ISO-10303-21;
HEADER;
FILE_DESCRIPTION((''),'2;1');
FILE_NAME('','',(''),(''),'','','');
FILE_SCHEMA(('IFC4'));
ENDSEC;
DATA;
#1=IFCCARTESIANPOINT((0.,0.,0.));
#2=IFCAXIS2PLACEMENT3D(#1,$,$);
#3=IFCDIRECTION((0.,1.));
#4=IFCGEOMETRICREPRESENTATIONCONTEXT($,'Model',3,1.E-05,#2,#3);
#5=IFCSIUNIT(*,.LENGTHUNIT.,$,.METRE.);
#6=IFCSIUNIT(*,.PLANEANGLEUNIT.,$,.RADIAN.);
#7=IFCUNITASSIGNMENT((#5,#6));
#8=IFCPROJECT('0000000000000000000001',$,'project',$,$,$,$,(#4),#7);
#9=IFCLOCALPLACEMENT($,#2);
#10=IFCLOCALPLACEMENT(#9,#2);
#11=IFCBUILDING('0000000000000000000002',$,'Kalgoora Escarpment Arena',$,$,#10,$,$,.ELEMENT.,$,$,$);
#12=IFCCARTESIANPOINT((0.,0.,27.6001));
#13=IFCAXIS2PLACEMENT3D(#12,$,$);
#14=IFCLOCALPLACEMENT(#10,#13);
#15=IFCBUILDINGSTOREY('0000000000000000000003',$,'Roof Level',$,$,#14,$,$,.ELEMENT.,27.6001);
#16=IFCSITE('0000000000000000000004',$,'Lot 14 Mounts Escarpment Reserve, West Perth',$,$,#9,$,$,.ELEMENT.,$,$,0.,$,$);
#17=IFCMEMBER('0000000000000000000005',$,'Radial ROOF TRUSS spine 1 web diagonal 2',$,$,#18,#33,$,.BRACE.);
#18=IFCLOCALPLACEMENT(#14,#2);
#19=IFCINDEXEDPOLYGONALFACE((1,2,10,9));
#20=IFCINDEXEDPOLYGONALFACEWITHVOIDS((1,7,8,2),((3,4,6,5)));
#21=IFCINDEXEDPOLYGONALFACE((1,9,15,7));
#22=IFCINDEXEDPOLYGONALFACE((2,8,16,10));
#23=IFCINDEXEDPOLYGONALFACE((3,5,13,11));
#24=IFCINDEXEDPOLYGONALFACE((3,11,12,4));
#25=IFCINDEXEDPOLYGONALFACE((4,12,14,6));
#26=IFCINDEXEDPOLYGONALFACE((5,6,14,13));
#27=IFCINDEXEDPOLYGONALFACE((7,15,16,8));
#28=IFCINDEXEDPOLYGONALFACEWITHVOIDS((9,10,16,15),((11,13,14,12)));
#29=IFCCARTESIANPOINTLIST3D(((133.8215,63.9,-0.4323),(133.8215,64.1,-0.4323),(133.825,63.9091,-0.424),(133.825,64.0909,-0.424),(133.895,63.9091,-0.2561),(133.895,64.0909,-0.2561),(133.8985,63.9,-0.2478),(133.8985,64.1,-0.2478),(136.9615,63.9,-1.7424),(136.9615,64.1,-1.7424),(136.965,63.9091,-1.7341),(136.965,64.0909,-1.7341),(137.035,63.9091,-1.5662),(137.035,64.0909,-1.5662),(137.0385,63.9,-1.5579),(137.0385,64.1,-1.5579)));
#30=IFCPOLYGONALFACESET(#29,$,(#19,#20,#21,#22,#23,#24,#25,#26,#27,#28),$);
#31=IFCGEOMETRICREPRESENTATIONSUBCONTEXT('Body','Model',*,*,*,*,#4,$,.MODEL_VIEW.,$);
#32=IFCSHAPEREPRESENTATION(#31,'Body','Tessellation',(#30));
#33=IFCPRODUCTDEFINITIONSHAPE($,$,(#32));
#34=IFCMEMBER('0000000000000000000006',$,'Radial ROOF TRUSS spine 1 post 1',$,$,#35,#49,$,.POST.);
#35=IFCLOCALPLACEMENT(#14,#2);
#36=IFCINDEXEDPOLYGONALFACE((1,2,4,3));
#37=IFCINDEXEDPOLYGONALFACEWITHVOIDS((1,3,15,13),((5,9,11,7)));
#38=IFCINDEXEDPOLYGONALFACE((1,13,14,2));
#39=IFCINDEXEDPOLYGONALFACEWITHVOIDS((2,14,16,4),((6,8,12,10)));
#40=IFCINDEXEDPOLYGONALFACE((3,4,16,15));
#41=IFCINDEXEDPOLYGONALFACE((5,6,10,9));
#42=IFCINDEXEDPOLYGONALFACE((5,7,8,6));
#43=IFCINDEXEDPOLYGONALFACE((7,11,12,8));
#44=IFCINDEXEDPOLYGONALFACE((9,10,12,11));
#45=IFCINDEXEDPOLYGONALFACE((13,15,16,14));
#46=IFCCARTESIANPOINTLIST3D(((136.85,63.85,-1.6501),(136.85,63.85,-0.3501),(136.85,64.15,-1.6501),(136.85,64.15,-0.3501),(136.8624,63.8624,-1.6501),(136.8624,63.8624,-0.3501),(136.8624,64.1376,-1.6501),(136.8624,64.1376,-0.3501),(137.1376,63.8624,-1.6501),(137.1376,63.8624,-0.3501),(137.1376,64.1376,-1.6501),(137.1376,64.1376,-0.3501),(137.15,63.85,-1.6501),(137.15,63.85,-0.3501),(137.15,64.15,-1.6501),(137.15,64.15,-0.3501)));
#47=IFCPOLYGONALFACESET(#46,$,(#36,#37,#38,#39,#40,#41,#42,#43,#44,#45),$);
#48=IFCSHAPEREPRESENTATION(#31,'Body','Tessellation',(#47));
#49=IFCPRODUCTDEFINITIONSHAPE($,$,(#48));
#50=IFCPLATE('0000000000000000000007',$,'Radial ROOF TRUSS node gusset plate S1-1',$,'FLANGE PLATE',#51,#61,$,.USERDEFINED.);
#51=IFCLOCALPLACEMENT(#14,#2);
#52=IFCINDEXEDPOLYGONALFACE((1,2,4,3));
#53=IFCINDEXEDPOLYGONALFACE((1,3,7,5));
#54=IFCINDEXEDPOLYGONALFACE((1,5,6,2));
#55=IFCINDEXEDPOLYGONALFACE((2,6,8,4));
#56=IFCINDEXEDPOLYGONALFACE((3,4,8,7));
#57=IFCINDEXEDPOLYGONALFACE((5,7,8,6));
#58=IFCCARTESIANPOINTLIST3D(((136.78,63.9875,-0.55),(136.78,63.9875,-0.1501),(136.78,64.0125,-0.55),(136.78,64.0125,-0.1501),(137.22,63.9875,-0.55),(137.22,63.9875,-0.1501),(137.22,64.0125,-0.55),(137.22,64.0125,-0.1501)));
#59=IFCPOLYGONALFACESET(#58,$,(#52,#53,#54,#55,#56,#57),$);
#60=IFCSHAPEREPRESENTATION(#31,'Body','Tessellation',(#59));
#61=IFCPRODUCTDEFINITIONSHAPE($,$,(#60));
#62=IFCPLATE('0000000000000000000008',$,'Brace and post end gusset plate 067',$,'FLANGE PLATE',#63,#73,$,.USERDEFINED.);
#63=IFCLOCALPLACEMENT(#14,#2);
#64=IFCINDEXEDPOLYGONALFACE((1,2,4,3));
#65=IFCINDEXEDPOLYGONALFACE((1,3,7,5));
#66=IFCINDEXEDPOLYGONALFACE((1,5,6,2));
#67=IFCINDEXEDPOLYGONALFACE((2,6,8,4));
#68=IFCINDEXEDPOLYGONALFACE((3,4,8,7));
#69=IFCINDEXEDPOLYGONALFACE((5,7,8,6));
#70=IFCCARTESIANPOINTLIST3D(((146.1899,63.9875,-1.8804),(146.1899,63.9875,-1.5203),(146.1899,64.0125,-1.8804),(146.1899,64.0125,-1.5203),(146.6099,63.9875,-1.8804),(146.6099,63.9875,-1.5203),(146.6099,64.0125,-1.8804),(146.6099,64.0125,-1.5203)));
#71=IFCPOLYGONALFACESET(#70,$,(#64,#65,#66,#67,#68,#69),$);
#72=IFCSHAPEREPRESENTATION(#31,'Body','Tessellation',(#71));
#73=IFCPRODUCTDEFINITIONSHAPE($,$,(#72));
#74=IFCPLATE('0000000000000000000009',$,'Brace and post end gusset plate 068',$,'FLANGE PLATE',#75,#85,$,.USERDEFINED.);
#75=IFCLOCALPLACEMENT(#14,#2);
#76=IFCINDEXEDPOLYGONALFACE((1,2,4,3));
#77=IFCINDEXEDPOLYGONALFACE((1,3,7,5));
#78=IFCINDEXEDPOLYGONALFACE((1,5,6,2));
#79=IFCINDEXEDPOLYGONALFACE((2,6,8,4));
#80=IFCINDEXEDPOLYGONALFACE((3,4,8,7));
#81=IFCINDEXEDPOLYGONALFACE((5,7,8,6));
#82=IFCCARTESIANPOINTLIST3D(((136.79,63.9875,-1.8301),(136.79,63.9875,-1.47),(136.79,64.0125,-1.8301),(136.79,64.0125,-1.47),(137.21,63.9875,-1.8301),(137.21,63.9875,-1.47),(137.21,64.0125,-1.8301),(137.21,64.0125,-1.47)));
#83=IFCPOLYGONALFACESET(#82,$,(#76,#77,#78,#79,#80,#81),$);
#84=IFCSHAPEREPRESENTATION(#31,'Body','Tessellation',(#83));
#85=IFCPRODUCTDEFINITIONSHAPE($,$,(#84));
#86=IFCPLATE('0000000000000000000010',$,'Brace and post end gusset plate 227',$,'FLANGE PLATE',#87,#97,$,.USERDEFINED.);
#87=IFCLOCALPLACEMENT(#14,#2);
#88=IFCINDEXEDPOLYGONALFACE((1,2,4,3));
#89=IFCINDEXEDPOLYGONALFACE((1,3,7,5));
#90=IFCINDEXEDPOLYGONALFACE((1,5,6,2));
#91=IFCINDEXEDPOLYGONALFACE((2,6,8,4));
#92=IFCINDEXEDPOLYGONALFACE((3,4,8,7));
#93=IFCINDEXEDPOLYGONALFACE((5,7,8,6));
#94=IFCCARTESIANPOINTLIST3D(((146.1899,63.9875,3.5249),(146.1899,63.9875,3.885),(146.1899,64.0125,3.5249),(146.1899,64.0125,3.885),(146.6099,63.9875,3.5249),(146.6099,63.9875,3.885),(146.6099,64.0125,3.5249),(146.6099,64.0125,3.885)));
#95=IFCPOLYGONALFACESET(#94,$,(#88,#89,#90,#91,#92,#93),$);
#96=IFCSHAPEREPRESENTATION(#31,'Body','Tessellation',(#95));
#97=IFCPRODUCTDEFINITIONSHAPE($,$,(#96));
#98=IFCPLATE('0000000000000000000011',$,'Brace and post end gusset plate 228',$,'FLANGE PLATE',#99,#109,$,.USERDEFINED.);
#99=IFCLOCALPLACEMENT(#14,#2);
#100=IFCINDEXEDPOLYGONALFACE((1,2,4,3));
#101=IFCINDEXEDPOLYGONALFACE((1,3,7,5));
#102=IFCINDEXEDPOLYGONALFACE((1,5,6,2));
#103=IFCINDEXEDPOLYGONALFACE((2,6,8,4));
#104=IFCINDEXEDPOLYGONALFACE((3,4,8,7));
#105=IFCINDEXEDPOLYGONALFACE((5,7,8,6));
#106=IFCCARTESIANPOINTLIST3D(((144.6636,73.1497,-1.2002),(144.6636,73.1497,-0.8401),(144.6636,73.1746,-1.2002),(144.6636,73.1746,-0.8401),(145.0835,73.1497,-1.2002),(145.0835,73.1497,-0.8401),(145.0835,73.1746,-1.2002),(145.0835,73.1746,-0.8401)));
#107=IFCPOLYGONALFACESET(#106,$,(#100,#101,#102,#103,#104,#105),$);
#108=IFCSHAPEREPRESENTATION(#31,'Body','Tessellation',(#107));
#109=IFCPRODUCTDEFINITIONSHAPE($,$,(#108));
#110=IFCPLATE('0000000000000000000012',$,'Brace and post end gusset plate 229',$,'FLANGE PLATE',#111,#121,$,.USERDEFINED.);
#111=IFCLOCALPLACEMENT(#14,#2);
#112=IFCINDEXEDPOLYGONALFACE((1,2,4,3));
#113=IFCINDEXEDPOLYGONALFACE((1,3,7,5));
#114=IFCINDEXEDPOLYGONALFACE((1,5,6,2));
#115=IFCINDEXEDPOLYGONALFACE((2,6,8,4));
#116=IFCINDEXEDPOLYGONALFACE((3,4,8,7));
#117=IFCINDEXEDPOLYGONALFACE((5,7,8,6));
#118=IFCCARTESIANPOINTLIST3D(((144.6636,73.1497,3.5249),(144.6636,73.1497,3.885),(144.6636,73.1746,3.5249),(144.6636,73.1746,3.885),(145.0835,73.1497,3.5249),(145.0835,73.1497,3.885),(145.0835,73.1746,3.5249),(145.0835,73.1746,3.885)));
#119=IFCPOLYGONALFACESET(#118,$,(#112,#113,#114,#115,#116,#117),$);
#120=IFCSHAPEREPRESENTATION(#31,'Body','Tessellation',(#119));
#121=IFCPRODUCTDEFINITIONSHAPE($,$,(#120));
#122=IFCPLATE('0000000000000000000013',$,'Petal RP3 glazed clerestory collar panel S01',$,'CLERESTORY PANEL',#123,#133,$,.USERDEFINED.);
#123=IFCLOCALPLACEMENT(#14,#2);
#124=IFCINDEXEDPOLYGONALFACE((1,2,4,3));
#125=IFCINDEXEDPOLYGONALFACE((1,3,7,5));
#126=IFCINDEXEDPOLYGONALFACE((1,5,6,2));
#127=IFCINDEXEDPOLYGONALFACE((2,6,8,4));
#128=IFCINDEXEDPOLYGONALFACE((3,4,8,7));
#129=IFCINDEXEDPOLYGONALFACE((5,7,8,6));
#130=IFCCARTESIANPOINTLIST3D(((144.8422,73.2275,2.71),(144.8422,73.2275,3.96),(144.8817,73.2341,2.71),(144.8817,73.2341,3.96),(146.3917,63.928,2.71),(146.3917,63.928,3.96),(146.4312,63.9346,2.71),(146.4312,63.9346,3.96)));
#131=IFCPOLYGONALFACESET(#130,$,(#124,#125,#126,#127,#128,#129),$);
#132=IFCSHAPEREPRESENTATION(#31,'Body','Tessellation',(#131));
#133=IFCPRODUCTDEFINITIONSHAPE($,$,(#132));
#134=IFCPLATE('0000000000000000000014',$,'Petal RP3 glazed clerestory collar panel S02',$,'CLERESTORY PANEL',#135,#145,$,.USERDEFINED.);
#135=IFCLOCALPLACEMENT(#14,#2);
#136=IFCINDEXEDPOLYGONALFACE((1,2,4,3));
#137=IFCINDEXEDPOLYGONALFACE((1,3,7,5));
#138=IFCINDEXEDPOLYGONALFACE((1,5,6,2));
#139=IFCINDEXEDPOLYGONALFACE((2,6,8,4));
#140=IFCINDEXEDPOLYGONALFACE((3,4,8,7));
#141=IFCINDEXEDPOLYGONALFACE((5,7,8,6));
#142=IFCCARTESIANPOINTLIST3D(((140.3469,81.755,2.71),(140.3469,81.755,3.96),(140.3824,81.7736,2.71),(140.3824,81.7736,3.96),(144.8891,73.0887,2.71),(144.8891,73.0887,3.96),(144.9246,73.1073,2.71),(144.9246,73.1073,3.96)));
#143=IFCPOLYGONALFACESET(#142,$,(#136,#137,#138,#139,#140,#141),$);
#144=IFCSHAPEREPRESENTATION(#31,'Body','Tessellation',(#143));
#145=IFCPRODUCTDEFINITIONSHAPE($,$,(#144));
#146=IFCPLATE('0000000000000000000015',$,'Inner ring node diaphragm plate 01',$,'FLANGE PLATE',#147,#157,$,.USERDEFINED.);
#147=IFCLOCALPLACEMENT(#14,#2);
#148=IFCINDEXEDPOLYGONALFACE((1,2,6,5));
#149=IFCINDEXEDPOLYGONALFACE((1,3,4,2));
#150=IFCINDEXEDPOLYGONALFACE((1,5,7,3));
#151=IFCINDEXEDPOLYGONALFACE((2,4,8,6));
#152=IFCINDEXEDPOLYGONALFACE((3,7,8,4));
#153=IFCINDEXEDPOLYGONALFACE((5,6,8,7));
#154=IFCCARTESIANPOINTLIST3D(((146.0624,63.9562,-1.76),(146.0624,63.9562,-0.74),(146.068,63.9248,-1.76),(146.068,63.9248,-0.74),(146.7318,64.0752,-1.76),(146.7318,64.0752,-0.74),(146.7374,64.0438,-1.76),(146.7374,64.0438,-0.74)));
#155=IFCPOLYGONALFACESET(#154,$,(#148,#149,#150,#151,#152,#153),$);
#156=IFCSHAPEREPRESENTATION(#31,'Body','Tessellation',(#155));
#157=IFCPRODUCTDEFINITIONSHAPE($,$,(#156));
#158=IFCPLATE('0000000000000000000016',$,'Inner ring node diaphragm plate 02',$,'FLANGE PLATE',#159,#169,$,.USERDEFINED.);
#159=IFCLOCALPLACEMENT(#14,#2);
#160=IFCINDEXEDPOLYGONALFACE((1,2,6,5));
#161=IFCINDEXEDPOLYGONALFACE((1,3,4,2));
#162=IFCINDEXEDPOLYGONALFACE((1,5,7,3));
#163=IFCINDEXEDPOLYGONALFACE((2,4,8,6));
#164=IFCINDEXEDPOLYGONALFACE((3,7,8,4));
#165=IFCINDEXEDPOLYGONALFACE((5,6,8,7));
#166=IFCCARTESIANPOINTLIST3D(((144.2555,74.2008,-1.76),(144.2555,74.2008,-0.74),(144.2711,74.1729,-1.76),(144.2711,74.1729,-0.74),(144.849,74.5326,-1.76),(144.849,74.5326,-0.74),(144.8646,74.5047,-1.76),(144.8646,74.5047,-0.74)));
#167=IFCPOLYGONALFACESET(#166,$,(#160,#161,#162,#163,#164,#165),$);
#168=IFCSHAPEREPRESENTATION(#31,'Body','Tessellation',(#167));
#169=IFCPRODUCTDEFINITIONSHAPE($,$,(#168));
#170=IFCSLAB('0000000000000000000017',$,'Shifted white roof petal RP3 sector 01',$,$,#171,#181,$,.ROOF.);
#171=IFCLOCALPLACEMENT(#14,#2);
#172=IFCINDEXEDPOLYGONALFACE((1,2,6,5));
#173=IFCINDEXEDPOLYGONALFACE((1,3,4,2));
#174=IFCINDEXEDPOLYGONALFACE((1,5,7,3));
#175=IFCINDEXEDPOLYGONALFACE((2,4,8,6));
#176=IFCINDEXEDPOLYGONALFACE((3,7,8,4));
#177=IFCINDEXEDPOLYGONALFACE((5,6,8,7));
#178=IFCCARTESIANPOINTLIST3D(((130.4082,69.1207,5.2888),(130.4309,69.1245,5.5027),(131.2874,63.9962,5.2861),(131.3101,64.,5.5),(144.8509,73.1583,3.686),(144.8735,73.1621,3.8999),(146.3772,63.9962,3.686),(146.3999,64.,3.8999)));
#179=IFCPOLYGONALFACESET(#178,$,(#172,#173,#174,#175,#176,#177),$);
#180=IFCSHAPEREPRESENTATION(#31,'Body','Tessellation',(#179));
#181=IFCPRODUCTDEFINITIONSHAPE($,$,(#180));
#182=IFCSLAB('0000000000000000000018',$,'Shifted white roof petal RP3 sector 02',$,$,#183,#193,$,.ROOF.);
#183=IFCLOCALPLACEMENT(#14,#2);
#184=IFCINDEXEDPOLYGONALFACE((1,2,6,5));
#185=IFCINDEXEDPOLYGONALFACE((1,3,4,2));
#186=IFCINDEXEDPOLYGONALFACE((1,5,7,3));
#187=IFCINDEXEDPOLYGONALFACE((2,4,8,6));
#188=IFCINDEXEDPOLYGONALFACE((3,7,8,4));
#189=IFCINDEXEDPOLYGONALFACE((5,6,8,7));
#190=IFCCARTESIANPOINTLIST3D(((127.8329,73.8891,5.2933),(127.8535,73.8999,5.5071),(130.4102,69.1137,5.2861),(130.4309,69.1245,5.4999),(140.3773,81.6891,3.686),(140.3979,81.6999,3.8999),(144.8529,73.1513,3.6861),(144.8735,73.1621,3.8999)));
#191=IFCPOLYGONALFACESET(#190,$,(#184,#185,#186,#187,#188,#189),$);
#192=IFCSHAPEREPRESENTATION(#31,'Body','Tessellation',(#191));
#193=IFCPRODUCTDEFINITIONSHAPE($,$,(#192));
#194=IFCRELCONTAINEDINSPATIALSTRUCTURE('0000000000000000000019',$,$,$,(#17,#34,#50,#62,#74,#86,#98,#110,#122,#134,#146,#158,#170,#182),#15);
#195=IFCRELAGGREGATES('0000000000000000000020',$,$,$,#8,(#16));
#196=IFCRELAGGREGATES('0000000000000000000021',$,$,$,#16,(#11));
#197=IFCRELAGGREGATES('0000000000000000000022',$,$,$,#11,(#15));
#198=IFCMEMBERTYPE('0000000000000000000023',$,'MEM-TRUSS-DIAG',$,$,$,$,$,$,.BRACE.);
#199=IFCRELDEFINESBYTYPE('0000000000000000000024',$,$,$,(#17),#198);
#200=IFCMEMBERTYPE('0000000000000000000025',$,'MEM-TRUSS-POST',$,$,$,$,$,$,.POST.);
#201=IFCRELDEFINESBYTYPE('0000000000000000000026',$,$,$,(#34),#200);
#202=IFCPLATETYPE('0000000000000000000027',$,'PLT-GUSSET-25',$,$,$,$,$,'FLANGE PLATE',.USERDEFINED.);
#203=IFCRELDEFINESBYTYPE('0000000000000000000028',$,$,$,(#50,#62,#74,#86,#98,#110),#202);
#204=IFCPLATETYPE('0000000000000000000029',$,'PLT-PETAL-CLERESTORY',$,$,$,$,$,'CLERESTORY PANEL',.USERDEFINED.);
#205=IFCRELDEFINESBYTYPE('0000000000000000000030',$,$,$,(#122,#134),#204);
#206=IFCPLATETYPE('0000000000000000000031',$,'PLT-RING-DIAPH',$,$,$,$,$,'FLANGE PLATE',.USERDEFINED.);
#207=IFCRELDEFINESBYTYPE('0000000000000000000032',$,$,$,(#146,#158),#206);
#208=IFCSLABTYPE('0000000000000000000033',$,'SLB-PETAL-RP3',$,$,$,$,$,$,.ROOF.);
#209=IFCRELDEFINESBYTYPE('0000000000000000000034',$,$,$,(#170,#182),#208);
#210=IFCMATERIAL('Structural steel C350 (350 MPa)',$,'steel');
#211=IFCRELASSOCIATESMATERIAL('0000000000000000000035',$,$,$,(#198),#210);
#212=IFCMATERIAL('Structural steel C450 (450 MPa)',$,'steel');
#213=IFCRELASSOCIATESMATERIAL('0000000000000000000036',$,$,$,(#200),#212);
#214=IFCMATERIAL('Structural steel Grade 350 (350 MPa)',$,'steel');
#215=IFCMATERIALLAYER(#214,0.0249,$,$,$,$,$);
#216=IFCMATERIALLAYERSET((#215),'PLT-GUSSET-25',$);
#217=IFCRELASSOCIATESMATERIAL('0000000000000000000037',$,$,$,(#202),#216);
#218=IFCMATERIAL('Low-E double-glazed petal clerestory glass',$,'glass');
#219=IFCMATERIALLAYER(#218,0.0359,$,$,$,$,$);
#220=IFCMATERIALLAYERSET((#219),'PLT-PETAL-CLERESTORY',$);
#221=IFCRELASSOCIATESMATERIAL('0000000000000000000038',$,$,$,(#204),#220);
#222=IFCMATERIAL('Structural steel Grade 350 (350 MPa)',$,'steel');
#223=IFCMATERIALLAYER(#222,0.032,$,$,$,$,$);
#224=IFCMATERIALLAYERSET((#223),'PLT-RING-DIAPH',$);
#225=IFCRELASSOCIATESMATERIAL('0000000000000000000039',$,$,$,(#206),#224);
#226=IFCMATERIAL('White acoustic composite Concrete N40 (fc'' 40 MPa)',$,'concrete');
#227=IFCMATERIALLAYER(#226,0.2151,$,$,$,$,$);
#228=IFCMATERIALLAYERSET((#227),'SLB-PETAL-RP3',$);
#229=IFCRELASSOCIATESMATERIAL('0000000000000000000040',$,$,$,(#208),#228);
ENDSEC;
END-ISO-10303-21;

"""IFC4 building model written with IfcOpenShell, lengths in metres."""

from ifc_helpers import new_model, si_unit, direction, frame, origin, origin_2d, place, context, subcontext, project, spatial, polyline, rectangle, hollow_rectangle, outline, extrude, material, layer, layer_set, material_profile, profile_set, type_object, element, save


model = new_model("IFC4")

# Units and contexts
model_context = context("Model", 3, precision=1e-05, world=origin(), true_north=direction((0.0, 1.0)))
body_context = subcontext(model_context, "Body", "Model", "MODEL_VIEW")
ifc_project = project(units=[si_unit("LENGTHUNIT", "METRE"), si_unit("PLANEANGLEUNIT", "RADIAN")], contexts=[model_context])

# Site, building, storey
site_placement = place(None, origin())
site = spatial("IfcSite", under=ifc_project, at=site_placement, Name="Lot 14 Mounts Escarpment Reserve, West Perth", CompositionType="ELEMENT", RefElevation=0.0)
building_placement = place(site_placement, origin())
building = spatial("IfcBuilding", under=site, at=building_placement, Name="Kalgoora Escarpment Arena", CompositionType="ELEMENT")
storey_placement = place(building_placement, frame((0.0, 0.0, 27.6001)))
storey = spatial("IfcBuildingStorey", under=building, at=storey_placement, Name="Roof Level", CompositionType="ELEMENT", Elevation=27.6001)

# Members
ifc_material_1 = material(Name="Structural steel C350 (350 MPa)", Category="steel")
ifc_material_profile_1 = material_profile(ifc_material_1, hollow_rectangle(XDim=0.2, YDim=0.2, WallThickness=0.009, at=origin_2d()))
ifc_profile_set_1 = profile_set([ifc_material_profile_1], Name="Structural steel C350 (350 MPa)")
member_type_1 = type_object("IfcMemberType", Name="MEM-TRUSS-DIAG", PredefinedType="BRACE", material=ifc_profile_set_1)
member_1_placement = place(storey_placement, frame((137.0, 64.0, -1.6501), z_axis=(-0.922892, 0.0, 0.385059), x_axis=(0.0, 1.0, 0.0)))
element("IfcMember", 1, at=member_1_placement, inside=storey, type_object=member_type_1, Name="Radial ROOF TRUSS spine 1 web diagonal 2", PredefinedType="BRACE", context=body_context, shape_type="SweptSolid", body=[
    extrude(hollow_rectangle(XDim=0.2, YDim=0.2, WallThickness=0.009, at=origin_2d()), origin(), (0.0, 0.0, 1.0), 3.4023),
])
ifc_material_2 = material(Name="Structural steel C450 (450 MPa)", Category="steel")
ifc_material_profile_2 = material_profile(ifc_material_2, hollow_rectangle(XDim=0.3, YDim=0.3, WallThickness=0.0125, at=origin_2d()))
ifc_profile_set_2 = profile_set([ifc_material_profile_2], Name="Structural steel C450 (450 MPa)")
member_type_2 = type_object("IfcMemberType", Name="MEM-TRUSS-POST", PredefinedType="POST", material=ifc_profile_set_2)
member_2_placement = place(storey_placement, frame((137.0, 64.0, -1.6501), z_axis=(0.0, 0.0, 1.0), x_axis=(-1.0, 0.0, 0.0)))
element("IfcMember", 2, at=member_2_placement, inside=storey, type_object=member_type_2, Name="Radial ROOF TRUSS spine 1 post 1", PredefinedType="POST", context=body_context, shape_type="SweptSolid", body=[
    extrude(hollow_rectangle(XDim=0.3, YDim=0.3, WallThickness=0.0125, at=origin_2d()), origin(), (0.0, 0.0, 1.0), 1.3),
])

# Plates
ifc_material_3 = material(Name="Structural steel Grade 350 (350 MPa)", Category="steel")
ifc_layer_1 = layer(ifc_material_3, 0.0249)
ifc_layer_set_1 = layer_set([ifc_layer_1], Name="PLT-GUSSET-25")
plate_type_1 = type_object("IfcPlateType", Name="PLT-GUSSET-25", ElementType="FLANGE PLATE", PredefinedType="USERDEFINED", material=ifc_layer_set_1)
plate_1_placement = place(storey_placement, frame((137.0, 64.0, -0.55), z_axis=(0.0, 0.0, 1.0), x_axis=(-1.0, 0.0, 0.0)))
element("IfcPlate", 3, at=plate_1_placement, inside=storey, type_object=plate_type_1, Name="Radial ROOF TRUSS node gusset plate S1-1", ObjectType="FLANGE PLATE", PredefinedType="USERDEFINED", context=body_context, shape_type="SweptSolid", body=[
    extrude(rectangle(XDim=0.4399, YDim=0.0249, at=origin_2d()), origin(), (0.0, 0.0, 1.0), 0.3999),
])
for number, where, z_axis, x_axis, name in (
    (4, (146.3999, 64.0, -1.8804), (0.0, 0.0, 1.0), (-1.0, 0.0, 0.0), "Brace and post end gusset plate 067"),
    (5, (137.0, 64.0, -1.8301), (0.0, 0.0, 1.0), (1.0, 0.0, 0.0), "Brace and post end gusset plate 068"),
    (6, (146.3999, 64.0, 3.5249), (0.0, 0.0, 1.0), (1.0, 0.0, 0.0), "Brace and post end gusset plate 227"),
    (7, (144.8735, 73.1621, -1.2002), (0.0, 0.0, 1.0), (1.0, 0.0, 0.0), "Brace and post end gusset plate 228"),
    (8, (144.8735, 73.1621, 3.5249), (0.0, 0.0, 1.0), (1.0, 0.0, 0.0), "Brace and post end gusset plate 229"),
):
    element("IfcPlate", number, at=place(storey_placement, frame(where, z_axis=z_axis, x_axis=x_axis)), inside=storey, type_object=plate_type_1, Name=name, ObjectType="FLANGE PLATE", PredefinedType="USERDEFINED", context=body_context, shape_type="SweptSolid", body=[
        extrude(rectangle(XDim=0.4199, YDim=0.0249, at=origin_2d()), origin(), (0.0, 0.0, 1.0), 0.3601),
    ])
ifc_material_4 = material(Name="Low-E double-glazed petal clerestory glass", Category="glass")
ifc_layer_2 = layer(ifc_material_4, 0.0359)
ifc_layer_set_2 = layer_set([ifc_layer_2], Name="PLT-PETAL-CLERESTORY")
plate_type_2 = type_object("IfcPlateType", Name="PLT-PETAL-CLERESTORY", ElementType="CLERESTORY PANEL", PredefinedType="USERDEFINED", material=ifc_layer_set_2)
plate_2_placement = place(storey_placement, frame((145.6367, 68.5811, 2.71), z_axis=(0.0, 0.0, 1.0), x_axis=(-0.164359, 0.986401, 0.0)))
element("IfcPlate", 9, at=plate_2_placement, inside=storey, type_object=plate_type_2, Name="Petal RP3 glazed clerestory collar panel S01", ObjectType="CLERESTORY PANEL", PredefinedType="USERDEFINED", context=body_context, shape_type="SweptSolid", body=[
    extrude(rectangle(XDim=9.4277, YDim=0.04, at=origin_2d()), origin(), (0.0, 0.0, 1.0), 1.25),
])
plate_3_placement = place(storey_placement, frame((142.6357, 77.4312, 2.71), z_axis=(0.0, 0.0, 1.0), x_axis=(-0.464224, 0.885718, 0.0)))
element("IfcPlate", 10, at=plate_3_placement, inside=storey, type_object=plate_type_2, Name="Petal RP3 glazed clerestory collar panel S02", ObjectType="CLERESTORY PANEL", PredefinedType="USERDEFINED", context=body_context, shape_type="SweptSolid", body=[
    extrude(rectangle(XDim=9.7844, YDim=0.04, at=origin_2d()), origin(), (0.0, 0.0, 1.0), 1.25),
])
ifc_material_5 = material(Name="Structural steel Grade 350 (350 MPa)", Category="steel")
ifc_layer_3 = layer(ifc_material_5, 0.032)
ifc_layer_set_3 = layer_set([ifc_layer_3], Name="PLT-RING-DIAPH")
plate_type_3 = type_object("IfcPlateType", Name="PLT-RING-DIAPH", ElementType="FLANGE PLATE", PredefinedType="USERDEFINED", material=ifc_layer_set_3)
for number, where, z_axis, x_axis, name in (
    (11, (146.3999, 64.0, -1.76), (0.0, 0.0, 1.0), (-0.175023, 0.984564, 0.0), "Inner ring node diaphragm plate 01"),
    (12, (144.5601, 74.3528, -1.76), (0.0, 0.0, 1.0), (-0.488012, 0.872837, 0.0), "Inner ring node diaphragm plate 02"),
):
    element("IfcPlate", number, at=place(storey_placement, frame(where, z_axis=z_axis, x_axis=x_axis)), inside=storey, type_object=plate_type_3, Name=name, ObjectType="FLANGE PLATE", PredefinedType="USERDEFINED", context=body_context, shape_type="SweptSolid", body=[
        extrude(rectangle(XDim=0.032, YDim=0.6799, at=origin_2d()), origin(), (0.0, 0.0, 1.0), 1.02),
    ])

# Slabs
ifc_material_6 = material(Name="White acoustic composite Concrete N40 (fc' 40 MPa)", Category="concrete")
ifc_layer_4 = layer(ifc_material_6, 0.2151)
ifc_layer_set_4 = layer_set([ifc_layer_4], Name="SLB-PETAL-RP3")
slab_type = type_object("IfcSlabType", Name="SLB-PETAL-RP3", PredefinedType="ROOF", material=ifc_layer_set_4)
slab_1_placement = place(storey_placement, frame((146.3999, 64.0, 3.8999), z_axis=(0.10543, 0.017565, 0.994272), x_axis=(-0.164331, 0.986405, -0.000001)))
element("IfcSlab", 13, at=slab_1_placement, inside=storey, type_object=slab_type, Name="Shifted white roof petal RP3 sector 01", PredefinedType="ROOF", context=body_context, shape_type="SweptSolid", body=[
    extrude(outline(polyline([(0.0, 0.0), (9.2884, 0.0), (7.679, 14.9957), (2.4797, 14.9705), (0.0, 0.0)])), origin(), (0.0, 0.0, -1.0), 0.2151),
])
slab_2_placement = place(storey_placement, frame((144.8735, 73.1621, 3.8999), z_axis=(0.096055, 0.050358, 0.994101), x_axis=(-0.464283, 0.885687, -0.000005)))
element("IfcSlab", 14, at=slab_2_placement, inside=storey, type_object=slab_type, Name="Shifted white roof petal RP3 sector 02", PredefinedType="ROOF", context=body_context, shape_type="SweptSolid", body=[
    extrude(outline(polyline([(0.0, 0.0), (9.6398, 0.0), (8.5555, 14.8193), (3.1294, 14.7533), (0.0, 0.0)])), origin(), (0.0, 0.0, -1.0), 0.2151),
])

save(model, "model.ifc")
